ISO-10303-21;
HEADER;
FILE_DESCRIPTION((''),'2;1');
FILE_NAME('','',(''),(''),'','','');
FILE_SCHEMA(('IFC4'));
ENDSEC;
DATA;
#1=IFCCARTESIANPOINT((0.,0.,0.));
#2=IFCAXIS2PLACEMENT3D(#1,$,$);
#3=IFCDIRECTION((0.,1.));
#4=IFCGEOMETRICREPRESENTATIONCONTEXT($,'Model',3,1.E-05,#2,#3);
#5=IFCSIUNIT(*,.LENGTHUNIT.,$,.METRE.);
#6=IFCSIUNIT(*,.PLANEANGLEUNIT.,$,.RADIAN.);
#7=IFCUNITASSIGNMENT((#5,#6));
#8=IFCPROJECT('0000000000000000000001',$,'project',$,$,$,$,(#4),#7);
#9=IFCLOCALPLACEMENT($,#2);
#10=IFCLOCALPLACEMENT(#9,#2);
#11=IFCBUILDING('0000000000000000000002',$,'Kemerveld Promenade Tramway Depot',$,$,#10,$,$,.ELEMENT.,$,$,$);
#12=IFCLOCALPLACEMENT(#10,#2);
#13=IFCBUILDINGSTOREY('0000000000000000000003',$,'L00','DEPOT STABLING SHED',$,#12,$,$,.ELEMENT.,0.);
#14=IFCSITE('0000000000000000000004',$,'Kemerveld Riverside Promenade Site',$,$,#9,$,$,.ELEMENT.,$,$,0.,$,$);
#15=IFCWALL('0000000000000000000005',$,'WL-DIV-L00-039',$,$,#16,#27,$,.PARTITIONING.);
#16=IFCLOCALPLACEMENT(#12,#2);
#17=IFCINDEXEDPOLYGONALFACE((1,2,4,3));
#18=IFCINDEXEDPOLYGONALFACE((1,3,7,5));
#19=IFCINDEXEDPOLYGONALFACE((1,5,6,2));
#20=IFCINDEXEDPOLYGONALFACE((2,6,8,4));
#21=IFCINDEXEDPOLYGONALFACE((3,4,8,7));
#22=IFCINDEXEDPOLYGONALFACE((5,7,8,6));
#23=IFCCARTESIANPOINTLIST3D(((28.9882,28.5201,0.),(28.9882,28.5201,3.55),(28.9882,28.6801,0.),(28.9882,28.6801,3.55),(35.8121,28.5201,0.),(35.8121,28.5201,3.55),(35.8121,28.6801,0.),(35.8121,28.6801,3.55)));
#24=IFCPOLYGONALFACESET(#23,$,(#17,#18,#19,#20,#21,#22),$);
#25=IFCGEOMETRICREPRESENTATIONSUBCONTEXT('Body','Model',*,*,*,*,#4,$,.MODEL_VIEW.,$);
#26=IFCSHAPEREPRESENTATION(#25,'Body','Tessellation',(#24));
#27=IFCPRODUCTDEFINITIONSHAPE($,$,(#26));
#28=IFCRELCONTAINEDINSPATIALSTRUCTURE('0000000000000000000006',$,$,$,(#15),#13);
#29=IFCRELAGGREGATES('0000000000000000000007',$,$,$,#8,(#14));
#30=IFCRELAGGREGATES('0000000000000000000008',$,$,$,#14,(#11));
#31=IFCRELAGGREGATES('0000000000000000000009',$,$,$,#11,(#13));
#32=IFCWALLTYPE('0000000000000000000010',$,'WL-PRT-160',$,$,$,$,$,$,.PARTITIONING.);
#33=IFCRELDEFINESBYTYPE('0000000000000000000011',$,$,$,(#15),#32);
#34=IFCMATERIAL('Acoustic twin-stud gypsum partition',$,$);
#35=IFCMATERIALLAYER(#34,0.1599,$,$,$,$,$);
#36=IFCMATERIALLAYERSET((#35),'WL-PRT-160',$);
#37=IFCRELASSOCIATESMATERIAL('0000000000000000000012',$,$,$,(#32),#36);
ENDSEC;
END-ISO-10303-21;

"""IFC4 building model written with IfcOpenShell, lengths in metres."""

from ifc_helpers import new_model, si_unit, direction, frame, frame_2d, origin, place, context, subcontext, project, spatial, rectangle, extrude, material, layer, layer_set, type_object, element, save


model = new_model("IFC4")

# Units and contexts
model_context = context("Model", 3, precision=1e-05, world=origin(), true_north=direction((0.0, 1.0)))
body_context = subcontext(model_context, "Body", "Model", "MODEL_VIEW")
ifc_project = project(units=[si_unit("LENGTHUNIT", "METRE"), si_unit("PLANEANGLEUNIT", "RADIAN")], contexts=[model_context])

# Site, building, storey
site_placement = place(None, origin())
site = spatial("IfcSite", under=ifc_project, at=site_placement, Name="Kemerveld Riverside Promenade Site", CompositionType="ELEMENT", RefElevation=0.0)
building_placement = place(site_placement, origin())
building = spatial("IfcBuilding", under=site, at=building_placement, Name="Kemerveld Promenade Tramway Depot", CompositionType="ELEMENT")
storey_placement = place(building_placement, origin())
storey = spatial("IfcBuildingStorey", under=building, at=storey_placement, Name="L00", Description="DEPOT STABLING SHED", CompositionType="ELEMENT", Elevation=0.0)

# Wall
ifc_material_1 = material(Name="Acoustic twin-stud gypsum partition")
ifc_layer_1 = layer(ifc_material_1, 0.1599)
ifc_layer_set_1 = layer_set([ifc_layer_1], Name="WL-PRT-160")
wall_type = type_object("IfcWallType", Name="WL-PRT-160", PredefinedType="PARTITIONING", material=ifc_layer_set_1)
for number, where, z_axis, x_axis, name in (
    (1, (28.988, 28.6001, 0.0), (0.0, 0.0, 1.0), (1.0, 0.0, 0.0), "WL-DIV-L00-039"),
):
    element("IfcWall", number, at=place(storey_placement, frame(where, z_axis=z_axis, x_axis=x_axis)), inside=storey, type_object=wall_type, Name=name, PredefinedType="PARTITIONING", context=body_context, shape_type="SweptSolid", body=[
        extrude(rectangle(XDim=6.824, YDim=0.1599, at=frame_2d((3.4121, 0.0))), origin(), (0.0, 0.0, 1.0), 3.55),
    ])

save(model, "model.ifc")
